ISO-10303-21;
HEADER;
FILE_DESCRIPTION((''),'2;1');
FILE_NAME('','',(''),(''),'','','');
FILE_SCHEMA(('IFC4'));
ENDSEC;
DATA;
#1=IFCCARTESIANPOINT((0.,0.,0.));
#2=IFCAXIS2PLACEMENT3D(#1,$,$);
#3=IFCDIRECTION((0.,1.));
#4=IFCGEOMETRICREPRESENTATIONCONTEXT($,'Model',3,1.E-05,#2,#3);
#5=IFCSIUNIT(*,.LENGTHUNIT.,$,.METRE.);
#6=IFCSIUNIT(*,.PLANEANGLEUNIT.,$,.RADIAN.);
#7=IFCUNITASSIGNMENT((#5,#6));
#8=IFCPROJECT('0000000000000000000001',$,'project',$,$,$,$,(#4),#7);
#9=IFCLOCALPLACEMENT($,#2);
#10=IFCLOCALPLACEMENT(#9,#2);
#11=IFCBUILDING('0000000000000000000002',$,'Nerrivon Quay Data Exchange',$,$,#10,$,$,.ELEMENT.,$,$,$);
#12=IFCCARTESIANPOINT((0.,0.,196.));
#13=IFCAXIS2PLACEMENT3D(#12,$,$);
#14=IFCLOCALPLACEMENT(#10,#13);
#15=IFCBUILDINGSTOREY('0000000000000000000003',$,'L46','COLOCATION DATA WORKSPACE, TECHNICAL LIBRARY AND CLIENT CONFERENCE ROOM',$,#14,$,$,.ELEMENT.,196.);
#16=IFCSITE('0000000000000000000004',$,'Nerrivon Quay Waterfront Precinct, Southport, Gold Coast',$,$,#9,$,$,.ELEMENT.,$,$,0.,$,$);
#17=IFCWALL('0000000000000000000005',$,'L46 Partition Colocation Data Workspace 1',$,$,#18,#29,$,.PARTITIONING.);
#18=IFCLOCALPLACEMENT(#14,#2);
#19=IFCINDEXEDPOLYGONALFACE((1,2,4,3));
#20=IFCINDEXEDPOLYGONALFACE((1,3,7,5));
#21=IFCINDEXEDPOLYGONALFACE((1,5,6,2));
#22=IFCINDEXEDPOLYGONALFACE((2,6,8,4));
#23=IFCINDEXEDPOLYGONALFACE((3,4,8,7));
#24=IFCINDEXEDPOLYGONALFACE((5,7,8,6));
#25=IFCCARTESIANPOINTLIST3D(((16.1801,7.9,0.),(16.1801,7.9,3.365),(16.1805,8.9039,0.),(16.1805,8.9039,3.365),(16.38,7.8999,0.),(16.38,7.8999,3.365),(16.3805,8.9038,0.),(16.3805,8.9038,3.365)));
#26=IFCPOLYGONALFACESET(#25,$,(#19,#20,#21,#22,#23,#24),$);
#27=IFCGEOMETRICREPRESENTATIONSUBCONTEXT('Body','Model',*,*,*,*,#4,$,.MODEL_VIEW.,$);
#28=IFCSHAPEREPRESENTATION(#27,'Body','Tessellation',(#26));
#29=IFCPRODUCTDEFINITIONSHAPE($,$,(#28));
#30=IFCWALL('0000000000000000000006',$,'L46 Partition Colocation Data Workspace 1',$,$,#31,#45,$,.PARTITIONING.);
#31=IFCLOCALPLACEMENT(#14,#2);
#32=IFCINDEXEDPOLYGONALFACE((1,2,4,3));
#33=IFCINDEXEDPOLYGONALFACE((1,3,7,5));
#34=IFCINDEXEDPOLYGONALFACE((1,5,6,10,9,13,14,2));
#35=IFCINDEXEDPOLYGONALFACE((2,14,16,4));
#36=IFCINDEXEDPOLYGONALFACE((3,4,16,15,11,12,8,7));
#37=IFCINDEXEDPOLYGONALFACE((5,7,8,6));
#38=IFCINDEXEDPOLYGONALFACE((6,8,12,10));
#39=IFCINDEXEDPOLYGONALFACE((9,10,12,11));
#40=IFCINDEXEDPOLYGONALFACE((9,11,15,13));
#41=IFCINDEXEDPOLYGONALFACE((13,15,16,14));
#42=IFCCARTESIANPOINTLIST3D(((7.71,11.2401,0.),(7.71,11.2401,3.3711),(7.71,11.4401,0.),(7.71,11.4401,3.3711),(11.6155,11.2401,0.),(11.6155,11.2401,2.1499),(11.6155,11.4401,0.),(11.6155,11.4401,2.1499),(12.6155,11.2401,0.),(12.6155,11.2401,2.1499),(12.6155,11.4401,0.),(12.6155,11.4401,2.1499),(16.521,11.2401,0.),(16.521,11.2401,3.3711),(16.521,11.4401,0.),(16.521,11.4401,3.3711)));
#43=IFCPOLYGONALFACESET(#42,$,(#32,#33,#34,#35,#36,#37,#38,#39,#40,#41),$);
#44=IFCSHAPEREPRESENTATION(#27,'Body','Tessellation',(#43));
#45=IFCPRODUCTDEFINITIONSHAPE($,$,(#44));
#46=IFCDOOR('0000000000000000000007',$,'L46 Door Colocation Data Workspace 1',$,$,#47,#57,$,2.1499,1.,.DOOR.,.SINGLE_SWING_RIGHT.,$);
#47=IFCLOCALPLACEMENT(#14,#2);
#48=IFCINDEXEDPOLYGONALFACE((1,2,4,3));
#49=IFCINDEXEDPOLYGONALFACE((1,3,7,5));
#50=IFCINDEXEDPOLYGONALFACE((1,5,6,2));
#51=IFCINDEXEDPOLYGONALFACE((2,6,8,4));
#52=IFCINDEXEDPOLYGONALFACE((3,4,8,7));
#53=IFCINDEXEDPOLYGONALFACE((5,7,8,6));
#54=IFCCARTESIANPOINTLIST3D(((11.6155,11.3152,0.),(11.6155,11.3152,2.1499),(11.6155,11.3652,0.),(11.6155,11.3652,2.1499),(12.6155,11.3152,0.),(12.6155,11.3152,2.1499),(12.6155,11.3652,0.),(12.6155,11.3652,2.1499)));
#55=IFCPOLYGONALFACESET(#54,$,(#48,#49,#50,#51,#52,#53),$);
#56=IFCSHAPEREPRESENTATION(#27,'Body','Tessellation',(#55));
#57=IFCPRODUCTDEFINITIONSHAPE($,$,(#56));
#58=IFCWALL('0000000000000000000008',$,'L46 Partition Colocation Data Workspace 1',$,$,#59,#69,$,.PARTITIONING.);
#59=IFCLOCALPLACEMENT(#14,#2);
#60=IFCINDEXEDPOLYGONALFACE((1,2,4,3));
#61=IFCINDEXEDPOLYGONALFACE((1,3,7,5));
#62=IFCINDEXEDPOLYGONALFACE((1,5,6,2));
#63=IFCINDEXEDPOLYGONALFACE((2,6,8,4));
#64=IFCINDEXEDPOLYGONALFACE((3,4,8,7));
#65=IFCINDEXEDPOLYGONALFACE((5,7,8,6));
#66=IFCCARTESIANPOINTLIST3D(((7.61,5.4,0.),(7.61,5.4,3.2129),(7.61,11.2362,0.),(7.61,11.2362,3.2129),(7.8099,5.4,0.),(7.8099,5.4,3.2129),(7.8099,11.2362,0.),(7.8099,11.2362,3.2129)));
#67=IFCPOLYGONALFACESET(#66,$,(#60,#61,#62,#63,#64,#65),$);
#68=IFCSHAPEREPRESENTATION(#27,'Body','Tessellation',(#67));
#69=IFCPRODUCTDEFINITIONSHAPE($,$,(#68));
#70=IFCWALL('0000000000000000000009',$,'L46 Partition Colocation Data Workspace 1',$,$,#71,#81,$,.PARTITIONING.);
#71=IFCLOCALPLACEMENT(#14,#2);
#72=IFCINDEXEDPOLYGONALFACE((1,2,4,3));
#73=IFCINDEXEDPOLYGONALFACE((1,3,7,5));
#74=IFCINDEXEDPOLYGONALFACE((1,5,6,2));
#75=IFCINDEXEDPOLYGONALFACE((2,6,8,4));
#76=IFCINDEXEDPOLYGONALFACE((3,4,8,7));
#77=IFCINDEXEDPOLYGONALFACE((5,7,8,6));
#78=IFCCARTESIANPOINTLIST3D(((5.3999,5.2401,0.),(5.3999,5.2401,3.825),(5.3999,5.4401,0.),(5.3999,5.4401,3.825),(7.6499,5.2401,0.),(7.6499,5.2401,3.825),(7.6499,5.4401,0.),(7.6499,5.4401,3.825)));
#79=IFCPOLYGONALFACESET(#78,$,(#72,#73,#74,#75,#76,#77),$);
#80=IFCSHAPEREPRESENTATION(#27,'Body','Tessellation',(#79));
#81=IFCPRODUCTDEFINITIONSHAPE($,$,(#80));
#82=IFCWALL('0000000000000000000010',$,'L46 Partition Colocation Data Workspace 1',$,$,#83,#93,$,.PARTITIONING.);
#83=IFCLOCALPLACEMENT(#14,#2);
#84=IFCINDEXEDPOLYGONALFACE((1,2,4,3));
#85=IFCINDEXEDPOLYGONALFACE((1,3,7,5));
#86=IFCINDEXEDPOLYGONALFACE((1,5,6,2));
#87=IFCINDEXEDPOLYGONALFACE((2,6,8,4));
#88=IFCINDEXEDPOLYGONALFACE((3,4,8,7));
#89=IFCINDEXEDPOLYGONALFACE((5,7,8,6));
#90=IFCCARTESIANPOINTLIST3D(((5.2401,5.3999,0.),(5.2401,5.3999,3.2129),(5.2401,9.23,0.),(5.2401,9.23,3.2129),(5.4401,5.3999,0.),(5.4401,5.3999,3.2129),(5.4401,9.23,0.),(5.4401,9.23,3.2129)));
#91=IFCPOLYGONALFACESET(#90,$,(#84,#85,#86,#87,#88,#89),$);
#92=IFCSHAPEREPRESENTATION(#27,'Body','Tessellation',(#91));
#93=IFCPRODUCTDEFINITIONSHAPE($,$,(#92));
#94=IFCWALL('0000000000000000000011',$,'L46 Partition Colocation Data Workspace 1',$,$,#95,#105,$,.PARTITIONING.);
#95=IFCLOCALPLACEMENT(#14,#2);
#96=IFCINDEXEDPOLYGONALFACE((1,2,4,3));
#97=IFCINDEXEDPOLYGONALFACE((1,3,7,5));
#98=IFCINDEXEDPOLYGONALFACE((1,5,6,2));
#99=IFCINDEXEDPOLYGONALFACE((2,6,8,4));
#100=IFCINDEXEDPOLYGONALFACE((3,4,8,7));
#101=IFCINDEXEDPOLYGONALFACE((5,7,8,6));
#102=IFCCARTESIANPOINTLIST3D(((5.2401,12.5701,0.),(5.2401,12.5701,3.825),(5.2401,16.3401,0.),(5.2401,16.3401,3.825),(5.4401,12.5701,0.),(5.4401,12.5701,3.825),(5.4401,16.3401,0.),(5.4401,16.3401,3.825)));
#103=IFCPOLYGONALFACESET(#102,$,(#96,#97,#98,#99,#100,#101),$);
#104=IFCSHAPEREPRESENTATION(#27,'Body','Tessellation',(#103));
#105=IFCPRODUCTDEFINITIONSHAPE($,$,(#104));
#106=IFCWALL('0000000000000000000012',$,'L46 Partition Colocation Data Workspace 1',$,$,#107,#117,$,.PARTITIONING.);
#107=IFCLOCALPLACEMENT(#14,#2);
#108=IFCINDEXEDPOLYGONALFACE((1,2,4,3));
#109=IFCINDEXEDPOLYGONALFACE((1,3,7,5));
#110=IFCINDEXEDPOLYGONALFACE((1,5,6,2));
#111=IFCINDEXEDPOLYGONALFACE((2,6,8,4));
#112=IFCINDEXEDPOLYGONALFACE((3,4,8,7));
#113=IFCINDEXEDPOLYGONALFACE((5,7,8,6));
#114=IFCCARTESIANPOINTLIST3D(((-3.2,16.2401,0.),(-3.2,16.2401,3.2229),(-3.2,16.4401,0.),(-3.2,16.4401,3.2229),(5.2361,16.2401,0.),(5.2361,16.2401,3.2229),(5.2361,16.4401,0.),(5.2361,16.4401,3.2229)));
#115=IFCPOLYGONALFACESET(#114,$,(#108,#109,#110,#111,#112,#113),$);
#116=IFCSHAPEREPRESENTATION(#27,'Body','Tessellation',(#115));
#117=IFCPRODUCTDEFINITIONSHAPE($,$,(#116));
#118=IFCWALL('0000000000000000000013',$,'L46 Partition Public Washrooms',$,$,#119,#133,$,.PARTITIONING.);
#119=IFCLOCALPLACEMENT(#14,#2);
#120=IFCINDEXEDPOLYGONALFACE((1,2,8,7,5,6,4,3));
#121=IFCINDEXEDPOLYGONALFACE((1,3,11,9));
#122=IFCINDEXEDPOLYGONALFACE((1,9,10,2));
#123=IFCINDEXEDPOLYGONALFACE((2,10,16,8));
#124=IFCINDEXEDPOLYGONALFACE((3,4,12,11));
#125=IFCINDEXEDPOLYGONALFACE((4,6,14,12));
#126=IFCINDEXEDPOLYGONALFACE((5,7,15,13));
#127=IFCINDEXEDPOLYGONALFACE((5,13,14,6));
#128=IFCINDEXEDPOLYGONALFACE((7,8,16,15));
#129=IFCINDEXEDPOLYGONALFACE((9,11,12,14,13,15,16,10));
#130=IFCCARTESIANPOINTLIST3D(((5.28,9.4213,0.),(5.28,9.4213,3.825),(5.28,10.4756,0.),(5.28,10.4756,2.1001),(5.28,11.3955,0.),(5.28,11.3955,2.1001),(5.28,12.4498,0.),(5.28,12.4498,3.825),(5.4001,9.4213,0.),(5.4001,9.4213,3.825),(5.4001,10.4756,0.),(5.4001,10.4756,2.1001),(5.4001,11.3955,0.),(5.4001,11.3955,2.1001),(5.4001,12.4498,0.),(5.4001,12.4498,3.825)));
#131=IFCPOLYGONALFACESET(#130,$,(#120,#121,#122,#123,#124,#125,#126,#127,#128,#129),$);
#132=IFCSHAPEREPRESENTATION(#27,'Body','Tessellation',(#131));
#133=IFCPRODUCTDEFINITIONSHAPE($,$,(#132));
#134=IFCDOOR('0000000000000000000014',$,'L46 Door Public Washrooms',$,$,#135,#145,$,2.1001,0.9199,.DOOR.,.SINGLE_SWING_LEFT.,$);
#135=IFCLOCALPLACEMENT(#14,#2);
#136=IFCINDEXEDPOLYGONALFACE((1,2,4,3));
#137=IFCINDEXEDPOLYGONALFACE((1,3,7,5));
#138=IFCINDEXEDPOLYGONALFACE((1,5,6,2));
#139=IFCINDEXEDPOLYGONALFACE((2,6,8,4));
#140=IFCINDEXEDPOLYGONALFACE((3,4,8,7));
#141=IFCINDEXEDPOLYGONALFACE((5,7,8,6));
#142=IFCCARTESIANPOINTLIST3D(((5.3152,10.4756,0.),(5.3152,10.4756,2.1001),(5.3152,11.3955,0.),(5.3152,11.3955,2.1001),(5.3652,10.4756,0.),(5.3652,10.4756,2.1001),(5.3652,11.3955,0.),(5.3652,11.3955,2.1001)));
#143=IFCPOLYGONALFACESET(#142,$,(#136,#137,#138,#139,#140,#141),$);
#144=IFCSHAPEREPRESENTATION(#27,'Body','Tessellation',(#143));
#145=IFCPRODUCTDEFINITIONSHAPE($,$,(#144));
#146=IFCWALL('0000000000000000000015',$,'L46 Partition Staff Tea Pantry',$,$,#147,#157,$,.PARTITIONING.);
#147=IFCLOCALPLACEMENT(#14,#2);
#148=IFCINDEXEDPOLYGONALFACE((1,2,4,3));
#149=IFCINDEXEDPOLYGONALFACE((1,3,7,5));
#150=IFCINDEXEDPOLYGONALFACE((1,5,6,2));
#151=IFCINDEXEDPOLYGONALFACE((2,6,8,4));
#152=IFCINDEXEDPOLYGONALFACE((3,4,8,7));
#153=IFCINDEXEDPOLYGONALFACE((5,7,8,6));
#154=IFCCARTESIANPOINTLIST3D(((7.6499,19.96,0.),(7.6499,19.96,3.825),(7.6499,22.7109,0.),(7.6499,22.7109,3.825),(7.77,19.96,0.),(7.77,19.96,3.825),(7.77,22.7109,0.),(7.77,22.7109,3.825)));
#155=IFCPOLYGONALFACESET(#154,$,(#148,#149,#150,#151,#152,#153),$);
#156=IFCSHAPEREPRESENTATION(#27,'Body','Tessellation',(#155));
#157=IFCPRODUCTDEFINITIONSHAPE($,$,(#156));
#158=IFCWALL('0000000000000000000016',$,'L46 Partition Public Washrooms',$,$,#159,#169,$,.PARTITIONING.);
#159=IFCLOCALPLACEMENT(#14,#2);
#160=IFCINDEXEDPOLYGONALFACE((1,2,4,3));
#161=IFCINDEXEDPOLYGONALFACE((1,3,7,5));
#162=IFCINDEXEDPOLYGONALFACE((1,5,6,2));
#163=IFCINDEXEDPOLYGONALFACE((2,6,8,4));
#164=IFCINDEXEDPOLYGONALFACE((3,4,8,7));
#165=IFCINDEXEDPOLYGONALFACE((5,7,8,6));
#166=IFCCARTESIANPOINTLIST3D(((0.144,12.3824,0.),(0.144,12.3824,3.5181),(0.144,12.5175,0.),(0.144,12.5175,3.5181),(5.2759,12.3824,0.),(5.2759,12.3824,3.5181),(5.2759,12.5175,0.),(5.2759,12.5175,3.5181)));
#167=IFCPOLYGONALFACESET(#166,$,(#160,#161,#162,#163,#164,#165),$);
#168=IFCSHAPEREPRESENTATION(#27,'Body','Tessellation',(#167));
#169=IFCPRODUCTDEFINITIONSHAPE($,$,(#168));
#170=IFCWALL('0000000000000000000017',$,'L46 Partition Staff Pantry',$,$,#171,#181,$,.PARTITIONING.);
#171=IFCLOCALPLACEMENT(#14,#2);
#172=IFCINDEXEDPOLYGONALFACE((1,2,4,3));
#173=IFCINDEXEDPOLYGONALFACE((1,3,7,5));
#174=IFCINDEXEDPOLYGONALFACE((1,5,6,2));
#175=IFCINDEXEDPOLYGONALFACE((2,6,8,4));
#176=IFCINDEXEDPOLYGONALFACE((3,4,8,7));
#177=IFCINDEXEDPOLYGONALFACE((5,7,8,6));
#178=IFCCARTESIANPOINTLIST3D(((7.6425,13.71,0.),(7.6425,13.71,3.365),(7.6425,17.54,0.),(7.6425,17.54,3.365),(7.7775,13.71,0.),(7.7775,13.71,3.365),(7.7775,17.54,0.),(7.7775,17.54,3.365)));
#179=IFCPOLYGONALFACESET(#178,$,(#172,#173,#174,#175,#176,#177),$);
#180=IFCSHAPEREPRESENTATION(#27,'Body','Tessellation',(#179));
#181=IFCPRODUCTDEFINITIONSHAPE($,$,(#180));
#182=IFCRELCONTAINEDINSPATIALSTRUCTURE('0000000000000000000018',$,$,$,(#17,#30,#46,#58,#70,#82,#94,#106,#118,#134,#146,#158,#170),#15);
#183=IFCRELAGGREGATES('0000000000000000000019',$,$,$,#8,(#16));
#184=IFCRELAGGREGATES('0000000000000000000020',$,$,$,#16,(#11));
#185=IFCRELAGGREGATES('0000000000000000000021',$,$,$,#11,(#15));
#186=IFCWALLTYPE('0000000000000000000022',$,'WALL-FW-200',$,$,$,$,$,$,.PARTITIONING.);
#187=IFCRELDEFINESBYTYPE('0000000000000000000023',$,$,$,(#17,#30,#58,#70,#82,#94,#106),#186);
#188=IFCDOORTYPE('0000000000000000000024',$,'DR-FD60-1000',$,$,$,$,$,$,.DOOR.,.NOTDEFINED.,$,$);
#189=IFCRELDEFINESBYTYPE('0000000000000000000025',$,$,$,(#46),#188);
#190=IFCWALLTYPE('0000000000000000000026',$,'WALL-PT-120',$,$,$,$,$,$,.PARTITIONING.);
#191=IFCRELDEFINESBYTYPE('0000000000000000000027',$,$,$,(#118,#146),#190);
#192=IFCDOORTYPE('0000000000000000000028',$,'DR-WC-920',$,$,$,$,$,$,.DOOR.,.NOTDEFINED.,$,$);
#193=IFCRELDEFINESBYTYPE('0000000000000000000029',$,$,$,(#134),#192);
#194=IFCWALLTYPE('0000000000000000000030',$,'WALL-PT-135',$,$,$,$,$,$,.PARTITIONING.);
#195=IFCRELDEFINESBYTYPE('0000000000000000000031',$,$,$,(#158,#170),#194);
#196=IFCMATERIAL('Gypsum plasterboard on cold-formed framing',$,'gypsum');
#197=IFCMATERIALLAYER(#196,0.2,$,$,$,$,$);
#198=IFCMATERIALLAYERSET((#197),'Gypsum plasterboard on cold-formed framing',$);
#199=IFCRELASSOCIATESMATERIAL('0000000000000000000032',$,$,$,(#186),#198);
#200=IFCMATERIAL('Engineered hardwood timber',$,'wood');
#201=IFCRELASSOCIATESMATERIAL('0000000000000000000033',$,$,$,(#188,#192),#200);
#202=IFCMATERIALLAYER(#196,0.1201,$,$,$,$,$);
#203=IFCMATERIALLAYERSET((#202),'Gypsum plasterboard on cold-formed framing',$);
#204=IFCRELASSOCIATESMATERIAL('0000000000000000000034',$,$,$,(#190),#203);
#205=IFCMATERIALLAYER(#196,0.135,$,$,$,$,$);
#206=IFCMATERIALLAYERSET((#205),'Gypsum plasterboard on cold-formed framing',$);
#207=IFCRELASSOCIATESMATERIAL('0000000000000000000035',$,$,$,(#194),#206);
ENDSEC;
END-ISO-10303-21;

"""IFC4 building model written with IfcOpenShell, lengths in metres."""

from ifc_helpers import new_model, si_unit, direction, frame, frame_2d, origin, place, context, subcontext, project, spatial, rectangle, extrude, material, layer, layer_set, type_object, element, fill, save


model = new_model("IFC4")

# Units and contexts
model_context = context("Model", 3, precision=1e-05, world=origin(), true_north=direction((0.0, 1.0)))
body_context = subcontext(model_context, "Body", "Model", "MODEL_VIEW")
ifc_project = project(units=[si_unit("LENGTHUNIT", "METRE"), si_unit("PLANEANGLEUNIT", "RADIAN")], contexts=[model_context])

# Site, building, storey
site_placement = place(None, origin())
site = spatial("IfcSite", under=ifc_project, at=site_placement, Name="Nerrivon Quay Waterfront Precinct, Southport, Gold Coast", CompositionType="ELEMENT", RefElevation=0.0)
building_placement = place(site_placement, origin())
building = spatial("IfcBuilding", under=site, at=building_placement, Name="Nerrivon Quay Data Exchange", CompositionType="ELEMENT")
storey_placement = place(building_placement, frame((0.0, 0.0, 196.0)))
storey = spatial("IfcBuildingStorey", under=building, at=storey_placement, Name="L46", Description="COLOCATION DATA WORKSPACE, TECHNICAL LIBRARY AND CLIENT CONFERENCE ROOM", CompositionType="ELEMENT", Elevation=196.0)

# Wall
ifc_material_1 = material(Name="Gypsum plasterboard on cold-formed framing", Category="gypsum")
ifc_layer_1 = layer(ifc_material_1, 0.2)
ifc_layer_set_1 = layer_set([ifc_layer_1], Name="Gypsum plasterboard on cold-formed framing")
wall_type_1 = type_object("IfcWallType", Name="WALL-FW-200", PredefinedType="PARTITIONING", material=ifc_layer_set_1)
wall_1_placement = place(storey_placement, frame((16.28, 7.8999, 0.0), z_axis=(0.0, 0.0, 1.0), x_axis=(0.000486, 1.0, 0.0)))
element("IfcWall", 1, at=wall_1_placement, inside=storey, type_object=wall_type_1, Name="L46 Partition Colocation Data Workspace 1", PredefinedType="PARTITIONING", context=body_context, shape_type="SweptSolid", body=[
    extrude(rectangle(XDim=1.0039, YDim=0.2, at=frame_2d((0.502, 0.0))), origin(), (0.0, 0.0, 1.0), 3.365),
])

# Wall, opening, door
wall_2_placement = place(storey_placement, frame((16.521, 11.3401, 0.0), z_axis=(0.0, 0.0, 1.0), x_axis=(-1.0, 0.0, 0.0)))
wall_2 = element("IfcWall", 2, at=wall_2_placement, inside=storey, type_object=wall_type_1, Name="L46 Partition Colocation Data Workspace 1", PredefinedType="PARTITIONING", context=body_context, shape_type="SweptSolid", body=[
    extrude(rectangle(XDim=8.811, YDim=0.2, at=frame_2d((4.4055, 0.0))), origin(), (0.0, 0.0, 1.0), 3.3711),
])
opening_1_placement = place(wall_2_placement, frame((3.9055, 0.0, 0.0)))
opening_1 = element("IfcOpeningElement", 3, at=opening_1_placement, cuts=wall_2, PredefinedType="OPENING", context=body_context, shape_type="SweptSolid", body=[
    extrude(rectangle(XDim=1.0, YDim=2.1499, at=frame_2d((0.5, 1.075))), frame((0.0, 0.1099, 0.0), z_axis=(0.0, -1.0, 0.0), x_axis=(1.0, 0.0, 0.0)), (0.0, 0.0, 1.0), 0.22),
])
ifc_material_2 = material(Name="Engineered hardwood timber", Category="wood")
door_type_1 = type_object("IfcDoorType", Name="DR-FD60-1000", OperationType="NOTDEFINED", PredefinedType="DOOR", material=ifc_material_2)
door_1_placement = place(opening_1_placement, origin())
door_1 = element("IfcDoor", 4, at=door_1_placement, inside=storey, type_object=door_type_1, Name="L46 Door Colocation Data Workspace 1", OperationType="SINGLE_SWING_RIGHT", OverallHeight=2.1499, OverallWidth=1.0, PredefinedType="DOOR", context=body_context, shape_type="SweptSolid", body=[
    extrude(rectangle(XDim=1.0, YDim=2.1499, at=frame_2d((0.5, 1.075))), frame((0.0, 0.0249, 0.0), z_axis=(0.0, -1.0, 0.0), x_axis=(1.0, 0.0, 0.0)), (0.0, 0.0, 1.0), 0.05),
])
fill(opening_1, door_1)

# Walls
wall_3_placement = place(storey_placement, frame((7.71, 11.2361, 0.0), z_axis=(0.0, 0.0, 1.0), x_axis=(0.0, -1.0, 0.0)))
element("IfcWall", 5, at=wall_3_placement, inside=storey, type_object=wall_type_1, Name="L46 Partition Colocation Data Workspace 1", PredefinedType="PARTITIONING", context=body_context, shape_type="SweptSolid", body=[
    extrude(rectangle(XDim=5.8362, YDim=0.2, at=frame_2d((2.918, 0.0))), origin(), (0.0, 0.0, 1.0), 3.2129),
])
wall_4_placement = place(storey_placement, frame((7.6499, 5.3401, 0.0), z_axis=(0.0, 0.0, 1.0), x_axis=(-1.0, 0.0, 0.0)))
element("IfcWall", 6, at=wall_4_placement, inside=storey, type_object=wall_type_1, Name="L46 Partition Colocation Data Workspace 1", PredefinedType="PARTITIONING", context=body_context, shape_type="SweptSolid", body=[
    extrude(rectangle(XDim=2.25, YDim=0.2, at=frame_2d((1.125, 0.0))), origin(), (0.0, 0.0, 1.0), 3.825),
])
wall_5_placement = place(storey_placement, frame((5.3401, 5.3999, 0.0), z_axis=(0.0, 0.0, 1.0), x_axis=(0.0, 1.0, 0.0)))
element("IfcWall", 7, at=wall_5_placement, inside=storey, type_object=wall_type_1, Name="L46 Partition Colocation Data Workspace 1", PredefinedType="PARTITIONING", context=body_context, shape_type="SweptSolid", body=[
    extrude(rectangle(XDim=3.8301, YDim=0.2, at=frame_2d((1.915, 0.0))), origin(), (0.0, 0.0, 1.0), 3.2129),
])
wall_6_placement = place(storey_placement, frame((5.3401, 12.5701, 0.0), z_axis=(0.0, 0.0, 1.0), x_axis=(0.0, 1.0, 0.0)))
element("IfcWall", 8, at=wall_6_placement, inside=storey, type_object=wall_type_1, Name="L46 Partition Colocation Data Workspace 1", PredefinedType="PARTITIONING", context=body_context, shape_type="SweptSolid", body=[
    extrude(rectangle(XDim=3.77, YDim=0.2, at=frame_2d((1.885, 0.0))), origin(), (0.0, 0.0, 1.0), 3.825),
])
wall_7_placement = place(storey_placement, frame((5.2361, 16.3401, 0.0), z_axis=(0.0, 0.0, 1.0), x_axis=(-1.0, 0.0, 0.0)))
element("IfcWall", 9, at=wall_7_placement, inside=storey, type_object=wall_type_1, Name="L46 Partition Colocation Data Workspace 1", PredefinedType="PARTITIONING", context=body_context, shape_type="SweptSolid", body=[
    extrude(rectangle(XDim=8.436, YDim=0.2, at=frame_2d((4.218, 0.0))), origin(), (0.0, 0.0, 1.0), 3.2229),
])

# Wall, opening, door
ifc_layer_2 = layer(ifc_material_1, 0.1201)
ifc_layer_set_2 = layer_set([ifc_layer_2], Name="Gypsum plasterboard on cold-formed framing")
wall_type_2 = type_object("IfcWallType", Name="WALL-PT-120", PredefinedType="PARTITIONING", material=ifc_layer_set_2)
wall_8_placement = place(storey_placement, frame((5.3401, 9.4214, 0.0), z_axis=(0.0, 0.0, 1.0), x_axis=(0.0, 1.0, 0.0)))
wall_8 = element("IfcWall", 10, at=wall_8_placement, inside=storey, type_object=wall_type_2, Name="L46 Partition Public Washrooms", PredefinedType="PARTITIONING", context=body_context, shape_type="SweptSolid", body=[
    extrude(rectangle(XDim=3.0286, YDim=0.1201, at=frame_2d((1.5142, 0.0))), origin(), (0.0, 0.0, 1.0), 3.825),
])
opening_2_placement = place(wall_8_placement, frame((1.0542, 0.0, 0.0)))
opening_2 = element("IfcOpeningElement", 11, at=opening_2_placement, cuts=wall_8, PredefinedType="OPENING", context=body_context, shape_type="SweptSolid", body=[
    extrude(rectangle(XDim=0.9199, YDim=2.1001, at=frame_2d((0.46, 1.05))), frame((0.0, 0.0701, 0.0), z_axis=(0.0, -1.0, 0.0), x_axis=(1.0, 0.0, 0.0)), (0.0, 0.0, 1.0), 0.1401),
])
door_type_2 = type_object("IfcDoorType", Name="DR-WC-920", OperationType="NOTDEFINED", PredefinedType="DOOR", material=ifc_material_2)
door_2_placement = place(opening_2_placement, origin())
door_2 = element("IfcDoor", 12, at=door_2_placement, inside=storey, type_object=door_type_2, Name="L46 Door Public Washrooms", OperationType="SINGLE_SWING_LEFT", OverallHeight=2.1001, OverallWidth=0.9199, PredefinedType="DOOR", context=body_context, shape_type="SweptSolid", body=[
    extrude(rectangle(XDim=0.9199, YDim=2.1001, at=frame_2d((0.46, 1.05))), frame((0.0, 0.0249, 0.0), z_axis=(0.0, -1.0, 0.0), x_axis=(1.0, 0.0, 0.0)), (0.0, 0.0, 1.0), 0.05),
])
fill(opening_2, door_2)

# Walls
wall_9_placement = place(storey_placement, frame((7.71, 22.7109, 0.0), z_axis=(0.0, 0.0, 1.0), x_axis=(0.0, -1.0, 0.0)))
element("IfcWall", 13, at=wall_9_placement, inside=storey, type_object=wall_type_2, Name="L46 Partition Staff Tea Pantry", PredefinedType="PARTITIONING", context=body_context, shape_type="SweptSolid", body=[
    extrude(rectangle(XDim=2.751, YDim=0.1201, at=frame_2d((1.3755, 0.0))), origin(), (0.0, 0.0, 1.0), 3.825),
])
ifc_layer_3 = layer(ifc_material_1, 0.135)
ifc_layer_set_3 = layer_set([ifc_layer_3], Name="Gypsum plasterboard on cold-formed framing")
wall_type_3 = type_object("IfcWallType", Name="WALL-PT-135", PredefinedType="PARTITIONING", material=ifc_layer_set_3)
wall_10_placement = place(storey_placement, frame((5.2759, 12.45, 0.0), z_axis=(0.0, 0.0, 1.0), x_axis=(-1.0, 0.0, 0.0)))
element("IfcWall", 14, at=wall_10_placement, inside=storey, type_object=wall_type_3, Name="L46 Partition Public Washrooms", PredefinedType="PARTITIONING", context=body_context, shape_type="SweptSolid", body=[
    extrude(rectangle(XDim=5.1318, YDim=0.135, at=frame_2d((2.5659, 0.0))), origin(), (0.0, 0.0, 1.0), 3.5181),
])
wall_11_placement = place(storey_placement, frame((7.71, 17.54, 0.0), z_axis=(0.0, 0.0, 1.0), x_axis=(0.0, -1.0, 0.0)))
element("IfcWall", 15, at=wall_11_placement, inside=storey, type_object=wall_type_3, Name="L46 Partition Staff Pantry", PredefinedType="PARTITIONING", context=body_context, shape_type="SweptSolid", body=[
    extrude(rectangle(XDim=3.8301, YDim=0.135, at=frame_2d((1.915, 0.0))), origin(), (0.0, 0.0, 1.0), 3.365),
])

save(model, "model.ifc")
